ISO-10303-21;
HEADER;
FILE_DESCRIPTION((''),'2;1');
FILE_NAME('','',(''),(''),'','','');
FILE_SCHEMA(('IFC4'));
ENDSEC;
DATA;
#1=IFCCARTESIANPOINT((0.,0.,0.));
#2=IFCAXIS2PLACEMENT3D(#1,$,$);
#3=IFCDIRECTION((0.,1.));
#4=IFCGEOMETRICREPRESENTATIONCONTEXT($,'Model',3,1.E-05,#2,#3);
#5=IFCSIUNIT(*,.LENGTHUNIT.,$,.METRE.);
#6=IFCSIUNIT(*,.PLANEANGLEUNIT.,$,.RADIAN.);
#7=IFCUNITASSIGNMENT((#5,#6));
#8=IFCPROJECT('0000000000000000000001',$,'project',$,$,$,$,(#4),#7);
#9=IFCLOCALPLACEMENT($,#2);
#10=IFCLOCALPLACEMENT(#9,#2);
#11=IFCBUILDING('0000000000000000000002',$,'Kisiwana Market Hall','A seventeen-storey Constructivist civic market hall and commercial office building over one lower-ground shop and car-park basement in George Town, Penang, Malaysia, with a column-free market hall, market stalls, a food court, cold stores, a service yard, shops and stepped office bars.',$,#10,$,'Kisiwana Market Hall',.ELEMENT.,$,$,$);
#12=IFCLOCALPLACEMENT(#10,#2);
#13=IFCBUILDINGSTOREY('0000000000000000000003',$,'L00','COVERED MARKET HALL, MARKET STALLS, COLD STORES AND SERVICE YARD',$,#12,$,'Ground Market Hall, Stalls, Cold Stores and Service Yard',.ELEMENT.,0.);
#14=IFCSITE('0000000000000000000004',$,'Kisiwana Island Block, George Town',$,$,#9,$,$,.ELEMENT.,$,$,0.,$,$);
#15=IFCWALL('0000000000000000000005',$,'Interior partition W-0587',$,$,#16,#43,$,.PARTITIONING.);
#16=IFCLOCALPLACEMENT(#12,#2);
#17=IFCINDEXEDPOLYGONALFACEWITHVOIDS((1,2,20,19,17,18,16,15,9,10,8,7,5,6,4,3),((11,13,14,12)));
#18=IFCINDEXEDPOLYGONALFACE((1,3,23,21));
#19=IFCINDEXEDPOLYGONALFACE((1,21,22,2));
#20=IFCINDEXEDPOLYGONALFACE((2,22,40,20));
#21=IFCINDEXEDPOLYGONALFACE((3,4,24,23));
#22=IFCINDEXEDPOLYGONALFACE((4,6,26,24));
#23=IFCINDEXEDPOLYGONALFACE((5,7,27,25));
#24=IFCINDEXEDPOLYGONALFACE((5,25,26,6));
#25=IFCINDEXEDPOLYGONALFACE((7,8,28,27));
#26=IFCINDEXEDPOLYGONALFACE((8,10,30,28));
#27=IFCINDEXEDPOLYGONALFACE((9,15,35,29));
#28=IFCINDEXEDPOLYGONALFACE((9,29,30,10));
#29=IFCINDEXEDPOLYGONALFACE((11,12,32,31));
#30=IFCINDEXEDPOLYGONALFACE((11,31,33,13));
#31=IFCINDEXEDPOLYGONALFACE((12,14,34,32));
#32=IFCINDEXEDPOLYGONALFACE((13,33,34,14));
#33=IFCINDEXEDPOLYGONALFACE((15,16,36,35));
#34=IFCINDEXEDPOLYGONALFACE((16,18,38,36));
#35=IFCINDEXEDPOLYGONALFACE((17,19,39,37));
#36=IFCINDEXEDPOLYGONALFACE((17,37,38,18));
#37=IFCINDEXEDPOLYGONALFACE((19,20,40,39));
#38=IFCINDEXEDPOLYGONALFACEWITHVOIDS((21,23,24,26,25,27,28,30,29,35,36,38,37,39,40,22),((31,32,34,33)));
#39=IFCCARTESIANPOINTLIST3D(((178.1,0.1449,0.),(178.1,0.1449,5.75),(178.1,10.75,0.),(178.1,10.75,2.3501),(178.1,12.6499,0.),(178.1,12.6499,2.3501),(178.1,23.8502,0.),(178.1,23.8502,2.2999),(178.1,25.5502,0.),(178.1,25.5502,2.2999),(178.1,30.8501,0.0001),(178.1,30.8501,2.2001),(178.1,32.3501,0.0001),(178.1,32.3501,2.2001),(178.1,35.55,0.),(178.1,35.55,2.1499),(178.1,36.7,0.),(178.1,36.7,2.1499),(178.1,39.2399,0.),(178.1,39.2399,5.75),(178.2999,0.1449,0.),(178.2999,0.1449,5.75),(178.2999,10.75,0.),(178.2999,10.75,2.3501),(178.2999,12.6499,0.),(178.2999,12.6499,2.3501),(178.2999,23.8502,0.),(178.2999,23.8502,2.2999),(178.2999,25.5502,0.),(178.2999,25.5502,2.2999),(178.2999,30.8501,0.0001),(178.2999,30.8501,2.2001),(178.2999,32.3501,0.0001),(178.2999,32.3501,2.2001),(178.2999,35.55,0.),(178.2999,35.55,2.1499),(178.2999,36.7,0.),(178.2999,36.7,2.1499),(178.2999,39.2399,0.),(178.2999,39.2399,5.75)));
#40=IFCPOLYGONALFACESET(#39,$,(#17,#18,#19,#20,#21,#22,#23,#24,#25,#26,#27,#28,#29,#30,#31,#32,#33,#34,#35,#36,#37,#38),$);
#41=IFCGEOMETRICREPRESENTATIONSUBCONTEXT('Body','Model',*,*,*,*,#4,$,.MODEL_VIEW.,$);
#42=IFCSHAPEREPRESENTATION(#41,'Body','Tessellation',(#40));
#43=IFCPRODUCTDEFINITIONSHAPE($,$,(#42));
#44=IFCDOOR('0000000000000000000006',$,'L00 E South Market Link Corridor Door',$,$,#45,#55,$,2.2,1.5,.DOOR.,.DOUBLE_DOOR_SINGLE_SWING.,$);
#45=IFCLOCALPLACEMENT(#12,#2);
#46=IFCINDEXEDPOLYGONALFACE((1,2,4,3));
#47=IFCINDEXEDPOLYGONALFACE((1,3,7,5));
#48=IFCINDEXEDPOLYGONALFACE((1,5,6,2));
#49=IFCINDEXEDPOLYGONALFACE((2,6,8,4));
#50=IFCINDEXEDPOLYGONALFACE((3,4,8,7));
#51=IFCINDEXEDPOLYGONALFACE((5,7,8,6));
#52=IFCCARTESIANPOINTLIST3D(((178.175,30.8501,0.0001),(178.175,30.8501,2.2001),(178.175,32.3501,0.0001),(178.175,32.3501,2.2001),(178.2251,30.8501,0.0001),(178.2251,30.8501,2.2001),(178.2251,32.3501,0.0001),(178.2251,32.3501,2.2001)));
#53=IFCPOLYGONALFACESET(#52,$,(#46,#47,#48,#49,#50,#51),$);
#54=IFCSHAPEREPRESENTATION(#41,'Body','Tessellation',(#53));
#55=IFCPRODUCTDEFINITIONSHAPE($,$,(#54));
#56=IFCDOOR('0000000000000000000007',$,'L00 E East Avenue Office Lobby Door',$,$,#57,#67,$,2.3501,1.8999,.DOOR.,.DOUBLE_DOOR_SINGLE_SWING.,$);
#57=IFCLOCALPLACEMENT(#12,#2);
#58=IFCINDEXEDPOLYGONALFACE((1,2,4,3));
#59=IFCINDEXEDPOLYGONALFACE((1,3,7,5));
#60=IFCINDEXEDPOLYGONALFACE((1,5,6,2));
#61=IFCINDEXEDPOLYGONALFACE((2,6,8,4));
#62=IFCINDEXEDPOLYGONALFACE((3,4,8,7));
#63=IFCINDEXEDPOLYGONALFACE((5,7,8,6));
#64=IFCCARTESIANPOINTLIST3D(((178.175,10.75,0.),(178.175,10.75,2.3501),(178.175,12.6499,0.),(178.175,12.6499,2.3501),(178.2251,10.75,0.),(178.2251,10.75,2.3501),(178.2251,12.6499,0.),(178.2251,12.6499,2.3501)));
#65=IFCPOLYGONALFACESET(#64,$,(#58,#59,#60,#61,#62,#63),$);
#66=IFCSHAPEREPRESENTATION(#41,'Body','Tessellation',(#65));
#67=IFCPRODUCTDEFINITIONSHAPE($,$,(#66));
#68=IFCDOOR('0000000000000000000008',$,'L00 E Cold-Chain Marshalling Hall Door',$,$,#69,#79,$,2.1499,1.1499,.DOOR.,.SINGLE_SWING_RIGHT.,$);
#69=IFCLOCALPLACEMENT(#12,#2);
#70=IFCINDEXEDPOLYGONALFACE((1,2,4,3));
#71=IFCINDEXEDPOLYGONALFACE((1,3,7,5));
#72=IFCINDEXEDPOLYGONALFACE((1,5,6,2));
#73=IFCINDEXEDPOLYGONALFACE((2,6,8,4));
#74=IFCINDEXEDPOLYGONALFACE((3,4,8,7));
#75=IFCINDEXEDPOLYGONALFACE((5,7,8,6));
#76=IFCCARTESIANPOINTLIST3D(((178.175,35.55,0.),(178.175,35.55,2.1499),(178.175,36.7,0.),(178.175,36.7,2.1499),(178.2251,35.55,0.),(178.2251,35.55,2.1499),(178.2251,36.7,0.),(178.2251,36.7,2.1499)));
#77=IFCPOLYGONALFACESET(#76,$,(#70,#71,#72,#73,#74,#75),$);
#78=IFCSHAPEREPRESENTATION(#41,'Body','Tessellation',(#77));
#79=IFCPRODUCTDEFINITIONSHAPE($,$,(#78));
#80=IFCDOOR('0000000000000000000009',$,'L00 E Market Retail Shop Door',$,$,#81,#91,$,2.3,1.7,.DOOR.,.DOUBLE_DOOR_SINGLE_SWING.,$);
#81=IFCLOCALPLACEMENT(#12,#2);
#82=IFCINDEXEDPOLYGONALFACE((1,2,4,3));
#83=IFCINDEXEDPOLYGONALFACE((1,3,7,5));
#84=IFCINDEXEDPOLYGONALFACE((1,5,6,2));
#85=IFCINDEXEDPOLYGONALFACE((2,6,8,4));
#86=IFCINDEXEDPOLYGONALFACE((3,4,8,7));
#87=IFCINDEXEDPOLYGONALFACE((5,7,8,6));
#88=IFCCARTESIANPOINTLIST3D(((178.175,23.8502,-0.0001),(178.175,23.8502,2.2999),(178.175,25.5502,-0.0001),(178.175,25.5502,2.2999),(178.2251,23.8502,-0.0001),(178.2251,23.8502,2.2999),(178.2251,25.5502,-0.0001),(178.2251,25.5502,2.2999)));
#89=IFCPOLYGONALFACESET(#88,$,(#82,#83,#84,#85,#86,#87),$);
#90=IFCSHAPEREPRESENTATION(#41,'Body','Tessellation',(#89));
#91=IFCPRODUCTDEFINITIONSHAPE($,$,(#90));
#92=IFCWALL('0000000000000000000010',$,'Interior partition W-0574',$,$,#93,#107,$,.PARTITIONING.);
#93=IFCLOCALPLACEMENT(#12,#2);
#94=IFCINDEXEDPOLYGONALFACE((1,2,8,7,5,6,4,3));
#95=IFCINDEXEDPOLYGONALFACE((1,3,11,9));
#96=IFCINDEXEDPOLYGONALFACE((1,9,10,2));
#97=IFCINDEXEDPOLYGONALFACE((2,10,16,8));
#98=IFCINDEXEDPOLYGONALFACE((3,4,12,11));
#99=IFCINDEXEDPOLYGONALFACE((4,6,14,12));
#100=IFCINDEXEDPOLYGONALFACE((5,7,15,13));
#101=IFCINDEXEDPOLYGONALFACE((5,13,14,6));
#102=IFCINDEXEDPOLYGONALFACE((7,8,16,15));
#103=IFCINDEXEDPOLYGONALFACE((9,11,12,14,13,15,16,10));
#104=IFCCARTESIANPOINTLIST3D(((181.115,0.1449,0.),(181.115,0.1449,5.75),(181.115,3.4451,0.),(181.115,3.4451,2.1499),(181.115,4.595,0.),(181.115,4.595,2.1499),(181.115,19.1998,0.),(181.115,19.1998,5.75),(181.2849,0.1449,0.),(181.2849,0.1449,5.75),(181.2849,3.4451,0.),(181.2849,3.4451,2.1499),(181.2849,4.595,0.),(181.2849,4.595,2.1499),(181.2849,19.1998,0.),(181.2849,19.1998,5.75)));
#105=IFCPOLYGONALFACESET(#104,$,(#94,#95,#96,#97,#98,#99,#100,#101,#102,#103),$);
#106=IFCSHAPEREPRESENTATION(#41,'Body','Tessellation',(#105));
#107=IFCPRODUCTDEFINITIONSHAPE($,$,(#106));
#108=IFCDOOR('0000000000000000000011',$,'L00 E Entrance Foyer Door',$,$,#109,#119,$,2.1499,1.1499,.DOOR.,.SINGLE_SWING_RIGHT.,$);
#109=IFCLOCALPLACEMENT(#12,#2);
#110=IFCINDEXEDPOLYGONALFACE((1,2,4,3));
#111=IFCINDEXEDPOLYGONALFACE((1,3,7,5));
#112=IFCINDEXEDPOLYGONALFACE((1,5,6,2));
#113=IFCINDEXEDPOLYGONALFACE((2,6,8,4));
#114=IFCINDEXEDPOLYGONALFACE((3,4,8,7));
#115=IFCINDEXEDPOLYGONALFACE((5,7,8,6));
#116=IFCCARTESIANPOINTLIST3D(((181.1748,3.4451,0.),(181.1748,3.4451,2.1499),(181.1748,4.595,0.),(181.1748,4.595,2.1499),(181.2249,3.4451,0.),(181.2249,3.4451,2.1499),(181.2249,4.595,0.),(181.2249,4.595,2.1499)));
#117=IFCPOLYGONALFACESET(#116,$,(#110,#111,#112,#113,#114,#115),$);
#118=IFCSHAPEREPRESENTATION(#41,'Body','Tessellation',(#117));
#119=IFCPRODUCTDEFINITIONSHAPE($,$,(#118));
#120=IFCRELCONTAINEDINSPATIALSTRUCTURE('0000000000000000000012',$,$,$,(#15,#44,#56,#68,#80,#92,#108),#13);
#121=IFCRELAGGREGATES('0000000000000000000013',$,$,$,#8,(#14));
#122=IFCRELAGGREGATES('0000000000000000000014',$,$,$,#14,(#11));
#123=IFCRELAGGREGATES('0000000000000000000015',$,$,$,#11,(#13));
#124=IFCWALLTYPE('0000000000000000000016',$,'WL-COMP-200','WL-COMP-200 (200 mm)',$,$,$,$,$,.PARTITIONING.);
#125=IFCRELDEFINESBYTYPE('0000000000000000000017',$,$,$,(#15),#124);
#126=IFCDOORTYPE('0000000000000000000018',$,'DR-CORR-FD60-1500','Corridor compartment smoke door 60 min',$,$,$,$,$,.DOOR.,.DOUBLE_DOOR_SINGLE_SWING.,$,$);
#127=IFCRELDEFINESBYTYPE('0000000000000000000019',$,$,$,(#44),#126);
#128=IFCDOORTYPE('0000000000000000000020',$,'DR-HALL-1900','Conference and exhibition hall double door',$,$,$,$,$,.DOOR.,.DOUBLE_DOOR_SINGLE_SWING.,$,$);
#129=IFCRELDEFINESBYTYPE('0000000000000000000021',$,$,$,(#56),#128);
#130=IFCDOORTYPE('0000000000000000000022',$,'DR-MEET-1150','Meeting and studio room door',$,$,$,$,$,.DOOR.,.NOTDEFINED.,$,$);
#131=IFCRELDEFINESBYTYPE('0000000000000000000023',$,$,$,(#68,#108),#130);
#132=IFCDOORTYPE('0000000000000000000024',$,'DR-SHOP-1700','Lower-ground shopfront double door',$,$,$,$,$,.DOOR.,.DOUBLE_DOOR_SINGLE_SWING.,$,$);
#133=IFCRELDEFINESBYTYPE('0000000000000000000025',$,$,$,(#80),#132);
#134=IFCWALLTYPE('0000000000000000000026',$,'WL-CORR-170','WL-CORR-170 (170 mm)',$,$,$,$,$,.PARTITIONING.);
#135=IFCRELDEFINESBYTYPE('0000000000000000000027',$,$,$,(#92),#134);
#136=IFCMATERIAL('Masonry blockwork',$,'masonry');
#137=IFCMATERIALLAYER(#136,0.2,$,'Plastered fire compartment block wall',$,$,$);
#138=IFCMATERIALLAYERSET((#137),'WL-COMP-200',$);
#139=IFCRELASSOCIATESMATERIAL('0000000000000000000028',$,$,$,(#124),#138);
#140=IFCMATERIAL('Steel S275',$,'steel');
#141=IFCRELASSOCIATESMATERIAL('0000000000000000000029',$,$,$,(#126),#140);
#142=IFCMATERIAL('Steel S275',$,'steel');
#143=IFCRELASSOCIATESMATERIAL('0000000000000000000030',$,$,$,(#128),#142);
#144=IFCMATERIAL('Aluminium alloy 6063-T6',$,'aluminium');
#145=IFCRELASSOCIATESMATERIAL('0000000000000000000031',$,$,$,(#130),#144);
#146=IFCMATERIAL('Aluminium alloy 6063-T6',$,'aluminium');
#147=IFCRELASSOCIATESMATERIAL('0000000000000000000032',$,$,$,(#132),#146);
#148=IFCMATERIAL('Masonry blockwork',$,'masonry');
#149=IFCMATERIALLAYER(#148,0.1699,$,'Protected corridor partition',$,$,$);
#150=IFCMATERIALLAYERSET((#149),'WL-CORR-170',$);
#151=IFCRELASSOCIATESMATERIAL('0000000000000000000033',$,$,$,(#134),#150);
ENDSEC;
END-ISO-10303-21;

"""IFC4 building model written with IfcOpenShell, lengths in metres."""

from ifc_helpers import new_model, si_unit, direction, frame, frame_2d, origin, place, context, subcontext, project, spatial, rectangle, extrude, material, layer, layer_set, type_object, element, fill, save


model = new_model("IFC4")

# Units and contexts
model_context = context("Model", 3, precision=1e-05, world=origin(), true_north=direction((0.0, 1.0)))
body_context = subcontext(model_context, "Body", "Model", "MODEL_VIEW")
ifc_project = project(units=[si_unit("LENGTHUNIT", "METRE"), si_unit("PLANEANGLEUNIT", "RADIAN")], contexts=[model_context])

# Site, building, storey
site_placement = place(None, origin())
site = spatial("IfcSite", under=ifc_project, at=site_placement, Name="Kisiwana Island Block, George Town", CompositionType="ELEMENT", RefElevation=0.0)
building_placement = place(site_placement, origin())
building = spatial("IfcBuilding", under=site, at=building_placement, Name="Kisiwana Market Hall", Description="A seventeen-storey Constructivist civic market hall and commercial office building over one lower-ground shop and car-park basement in George Town, Penang, Malaysia, with a column-free market hall, market stalls, a food court, cold stores, a service yard, shops and stepped office bars.", LongName="Kisiwana Market Hall", CompositionType="ELEMENT")
storey_placement = place(building_placement, origin())
storey = spatial("IfcBuildingStorey", under=building, at=storey_placement, Name="L00", Description="COVERED MARKET HALL, MARKET STALLS, COLD STORES AND SERVICE YARD", LongName="Ground Market Hall, Stalls, Cold Stores and Service Yard", CompositionType="ELEMENT", Elevation=0.0)

# Wall, openings, doors
ifc_material_1 = material(Name="Masonry blockwork", Category="masonry")
ifc_layer_1 = layer(ifc_material_1, 0.2, Name="Plastered fire compartment block wall")
ifc_layer_set_1 = layer_set([ifc_layer_1], Name="WL-COMP-200")
wall_type_1 = type_object("IfcWallType", Name="WL-COMP-200", Description="WL-COMP-200 (200 mm)", PredefinedType="PARTITIONING", material=ifc_layer_set_1)
wall_1_placement = place(storey_placement, frame((178.2, 0.145, 0.0), z_axis=(0.0, 0.0, 1.0), x_axis=(0.0, 1.0, 0.0)))
wall_1 = element("IfcWall", 1, at=wall_1_placement, inside=storey, type_object=wall_type_1, Name="Interior partition W-0587", PredefinedType="PARTITIONING", context=body_context, shape_type="SweptSolid", body=[
    extrude(rectangle(XDim=39.095, YDim=0.2, at=frame_2d((19.5474, 0.0))), origin(), (0.0, 0.0, 1.0), 5.75),
])
opening_1_placement = place(wall_1_placement, frame((10.605, 0.0, 0.0)))
opening_1 = element("IfcOpeningElement", 2, at=opening_1_placement, cuts=wall_1, PredefinedType="OPENING", context=body_context, shape_type="SweptSolid", body=[
    extrude(rectangle(XDim=1.8999, YDim=2.3501, at=frame_2d((0.95, 1.175))), frame((0.0, 0.1118, 0.0), z_axis=(0.0, -1.0, 0.0), x_axis=(1.0, 0.0, 0.0)), (0.0, 0.0, 1.0), 0.2239),
])
opening_2_placement = place(wall_1_placement, frame((23.7051, 0.0, 0.0)))
opening_2 = element("IfcOpeningElement", 3, at=opening_2_placement, cuts=wall_1, PredefinedType="OPENING", context=body_context, shape_type="SweptSolid", body=[
    extrude(rectangle(XDim=1.7, YDim=2.3, at=frame_2d((0.8501, 1.1499))), frame((0.0, 0.1118, 0.0), z_axis=(0.0, -1.0, 0.0), x_axis=(1.0, 0.0, 0.0)), (0.0, 0.0, 1.0), 0.2239),
])
opening_3_placement = place(wall_1_placement, frame((30.7051, 0.0, 0.0)))
opening_3 = element("IfcOpeningElement", 4, at=opening_3_placement, cuts=wall_1, PredefinedType="OPENING", context=body_context, shape_type="SweptSolid", body=[
    extrude(rectangle(XDim=1.5, YDim=2.2, at=frame_2d((0.75, 1.1001))), frame((0.0, 0.1118, 0.0), z_axis=(0.0, -1.0, 0.0), x_axis=(1.0, 0.0, 0.0)), (0.0, 0.0, 1.0), 0.2239),
])
opening_4_placement = place(wall_1_placement, frame((35.405, 0.0, 0.0)))
opening_4 = element("IfcOpeningElement", 5, at=opening_4_placement, cuts=wall_1, PredefinedType="OPENING", context=body_context, shape_type="SweptSolid", body=[
    extrude(rectangle(XDim=1.1499, YDim=2.1499, at=frame_2d((0.575, 1.075))), frame((0.0, 0.1118, 0.0), z_axis=(0.0, -1.0, 0.0), x_axis=(1.0, 0.0, 0.0)), (0.0, 0.0, 1.0), 0.2239),
])
ifc_material_2 = material(Name="Steel S275", Category="steel")
door_type_1 = type_object("IfcDoorType", Name="DR-CORR-FD60-1500", Description="Corridor compartment smoke door 60 min", OperationType="DOUBLE_DOOR_SINGLE_SWING", PredefinedType="DOOR", material=ifc_material_2)
door_1_placement = place(opening_3_placement, origin())
door_1 = element("IfcDoor", 6, at=door_1_placement, inside=storey, type_object=door_type_1, Name="L00 E South Market Link Corridor Door", OperationType="DOUBLE_DOOR_SINGLE_SWING", OverallHeight=2.2, OverallWidth=1.5, PredefinedType="DOOR", context=body_context, shape_type="SweptSolid", body=[
    extrude(rectangle(XDim=1.5, YDim=2.2, at=frame_2d((0.75, 1.1001))), frame((0.0, 0.0249, 0.0), z_axis=(0.0, -1.0, 0.0), x_axis=(1.0, 0.0, 0.0)), (0.0, 0.0, 1.0), 0.05),
])
fill(opening_3, door_1)
ifc_material_3 = material(Name="Steel S275", Category="steel")
door_type_2 = type_object("IfcDoorType", Name="DR-HALL-1900", Description="Conference and exhibition hall double door", OperationType="DOUBLE_DOOR_SINGLE_SWING", PredefinedType="DOOR", material=ifc_material_3)
door_2_placement = place(opening_1_placement, origin())
door_2 = element("IfcDoor", 7, at=door_2_placement, inside=storey, type_object=door_type_2, Name="L00 E East Avenue Office Lobby Door", OperationType="DOUBLE_DOOR_SINGLE_SWING", OverallHeight=2.3501, OverallWidth=1.8999, PredefinedType="DOOR", context=body_context, shape_type="SweptSolid", body=[
    extrude(rectangle(XDim=1.8999, YDim=2.3501, at=frame_2d((0.95, 1.175))), frame((0.0, 0.0249, 0.0), z_axis=(0.0, -1.0, 0.0), x_axis=(1.0, 0.0, 0.0)), (0.0, 0.0, 1.0), 0.05),
])
fill(opening_1, door_2)
ifc_material_4 = material(Name="Aluminium alloy 6063-T6", Category="aluminium")
door_type_3 = type_object("IfcDoorType", Name="DR-MEET-1150", Description="Meeting and studio room door", OperationType="NOTDEFINED", PredefinedType="DOOR", material=ifc_material_4)
door_3_placement = place(opening_4_placement, origin())
door_3 = element("IfcDoor", 8, at=door_3_placement, inside=storey, type_object=door_type_3, Name="L00 E Cold-Chain Marshalling Hall Door", OperationType="SINGLE_SWING_RIGHT", OverallHeight=2.1499, OverallWidth=1.1499, PredefinedType="DOOR", context=body_context, shape_type="SweptSolid", body=[
    extrude(rectangle(XDim=1.1499, YDim=2.1499, at=frame_2d((0.575, 1.075))), frame((0.0, 0.0249, 0.0), z_axis=(0.0, -1.0, 0.0), x_axis=(1.0, 0.0, 0.0)), (0.0, 0.0, 1.0), 0.05),
])
fill(opening_4, door_3)
ifc_material_5 = material(Name="Aluminium alloy 6063-T6", Category="aluminium")
door_type_4 = type_object("IfcDoorType", Name="DR-SHOP-1700", Description="Lower-ground shopfront double door", OperationType="DOUBLE_DOOR_SINGLE_SWING", PredefinedType="DOOR", material=ifc_material_5)
door_4_placement = place(opening_2_placement, origin())
door_4 = element("IfcDoor", 9, at=door_4_placement, inside=storey, type_object=door_type_4, Name="L00 E Market Retail Shop Door", OperationType="DOUBLE_DOOR_SINGLE_SWING", OverallHeight=2.3, OverallWidth=1.7, PredefinedType="DOOR", context=body_context, shape_type="SweptSolid", body=[
    extrude(rectangle(XDim=1.7, YDim=2.3, at=frame_2d((0.8501, 1.1499))), frame((0.0, 0.0249, 0.0), z_axis=(0.0, -1.0, 0.0), x_axis=(1.0, 0.0, 0.0)), (0.0, 0.0, 1.0), 0.05),
])
fill(opening_2, door_4)

# Wall, opening, door
ifc_material_6 = material(Name="Masonry blockwork", Category="masonry")
ifc_layer_2 = layer(ifc_material_6, 0.1699, Name="Protected corridor partition")
ifc_layer_set_2 = layer_set([ifc_layer_2], Name="WL-CORR-170")
wall_type_2 = type_object("IfcWallType", Name="WL-CORR-170", Description="WL-CORR-170 (170 mm)", PredefinedType="PARTITIONING", material=ifc_layer_set_2)
wall_2_placement = place(storey_placement, frame((181.2, 0.145, 0.0), z_axis=(0.0, 0.0, 1.0), x_axis=(0.0, 1.0, 0.0)))
wall_2 = element("IfcWall", 10, at=wall_2_placement, inside=storey, type_object=wall_type_2, Name="Interior partition W-0574", PredefinedType="PARTITIONING", context=body_context, shape_type="SweptSolid", body=[
    extrude(rectangle(XDim=19.0549, YDim=0.1699, at=frame_2d((9.5273, 0.0))), origin(), (0.0, 0.0, 1.0), 5.75),
])
opening_5_placement = place(wall_2_placement, frame((3.3, 0.0, 0.0)))
opening_5 = element("IfcOpeningElement", 11, at=opening_5_placement, cuts=wall_2, PredefinedType="OPENING", context=body_context, shape_type="SweptSolid", body=[
    extrude(rectangle(XDim=1.1499, YDim=2.1499, at=frame_2d((0.575, 1.075))), frame((0.0, 0.0969, 0.0), z_axis=(0.0, -1.0, 0.0), x_axis=(1.0, 0.0, 0.0)), (0.0, 0.0, 1.0), 0.1938),
])
door_5_placement = place(opening_5_placement, frame((1.1499, 0.0, 0.0), z_axis=(0.0, 0.0, 1.0), x_axis=(-1.0, 0.0, 0.0)))
door_5 = element("IfcDoor", 12, at=door_5_placement, inside=storey, type_object=door_type_3, Name="L00 E Entrance Foyer Door", OperationType="SINGLE_SWING_RIGHT", OverallHeight=2.1499, OverallWidth=1.1499, PredefinedType="DOOR", context=body_context, shape_type="SweptSolid", body=[
    extrude(rectangle(XDim=1.1499, YDim=2.1499, at=frame_2d((0.575, 1.075))), frame((0.0, 0.0249, 0.0), z_axis=(0.0, -1.0, 0.0), x_axis=(1.0, 0.0, 0.0)), (0.0, 0.0, 1.0), 0.05),
])
fill(opening_5, door_5)

save(model, "model.ifc")
